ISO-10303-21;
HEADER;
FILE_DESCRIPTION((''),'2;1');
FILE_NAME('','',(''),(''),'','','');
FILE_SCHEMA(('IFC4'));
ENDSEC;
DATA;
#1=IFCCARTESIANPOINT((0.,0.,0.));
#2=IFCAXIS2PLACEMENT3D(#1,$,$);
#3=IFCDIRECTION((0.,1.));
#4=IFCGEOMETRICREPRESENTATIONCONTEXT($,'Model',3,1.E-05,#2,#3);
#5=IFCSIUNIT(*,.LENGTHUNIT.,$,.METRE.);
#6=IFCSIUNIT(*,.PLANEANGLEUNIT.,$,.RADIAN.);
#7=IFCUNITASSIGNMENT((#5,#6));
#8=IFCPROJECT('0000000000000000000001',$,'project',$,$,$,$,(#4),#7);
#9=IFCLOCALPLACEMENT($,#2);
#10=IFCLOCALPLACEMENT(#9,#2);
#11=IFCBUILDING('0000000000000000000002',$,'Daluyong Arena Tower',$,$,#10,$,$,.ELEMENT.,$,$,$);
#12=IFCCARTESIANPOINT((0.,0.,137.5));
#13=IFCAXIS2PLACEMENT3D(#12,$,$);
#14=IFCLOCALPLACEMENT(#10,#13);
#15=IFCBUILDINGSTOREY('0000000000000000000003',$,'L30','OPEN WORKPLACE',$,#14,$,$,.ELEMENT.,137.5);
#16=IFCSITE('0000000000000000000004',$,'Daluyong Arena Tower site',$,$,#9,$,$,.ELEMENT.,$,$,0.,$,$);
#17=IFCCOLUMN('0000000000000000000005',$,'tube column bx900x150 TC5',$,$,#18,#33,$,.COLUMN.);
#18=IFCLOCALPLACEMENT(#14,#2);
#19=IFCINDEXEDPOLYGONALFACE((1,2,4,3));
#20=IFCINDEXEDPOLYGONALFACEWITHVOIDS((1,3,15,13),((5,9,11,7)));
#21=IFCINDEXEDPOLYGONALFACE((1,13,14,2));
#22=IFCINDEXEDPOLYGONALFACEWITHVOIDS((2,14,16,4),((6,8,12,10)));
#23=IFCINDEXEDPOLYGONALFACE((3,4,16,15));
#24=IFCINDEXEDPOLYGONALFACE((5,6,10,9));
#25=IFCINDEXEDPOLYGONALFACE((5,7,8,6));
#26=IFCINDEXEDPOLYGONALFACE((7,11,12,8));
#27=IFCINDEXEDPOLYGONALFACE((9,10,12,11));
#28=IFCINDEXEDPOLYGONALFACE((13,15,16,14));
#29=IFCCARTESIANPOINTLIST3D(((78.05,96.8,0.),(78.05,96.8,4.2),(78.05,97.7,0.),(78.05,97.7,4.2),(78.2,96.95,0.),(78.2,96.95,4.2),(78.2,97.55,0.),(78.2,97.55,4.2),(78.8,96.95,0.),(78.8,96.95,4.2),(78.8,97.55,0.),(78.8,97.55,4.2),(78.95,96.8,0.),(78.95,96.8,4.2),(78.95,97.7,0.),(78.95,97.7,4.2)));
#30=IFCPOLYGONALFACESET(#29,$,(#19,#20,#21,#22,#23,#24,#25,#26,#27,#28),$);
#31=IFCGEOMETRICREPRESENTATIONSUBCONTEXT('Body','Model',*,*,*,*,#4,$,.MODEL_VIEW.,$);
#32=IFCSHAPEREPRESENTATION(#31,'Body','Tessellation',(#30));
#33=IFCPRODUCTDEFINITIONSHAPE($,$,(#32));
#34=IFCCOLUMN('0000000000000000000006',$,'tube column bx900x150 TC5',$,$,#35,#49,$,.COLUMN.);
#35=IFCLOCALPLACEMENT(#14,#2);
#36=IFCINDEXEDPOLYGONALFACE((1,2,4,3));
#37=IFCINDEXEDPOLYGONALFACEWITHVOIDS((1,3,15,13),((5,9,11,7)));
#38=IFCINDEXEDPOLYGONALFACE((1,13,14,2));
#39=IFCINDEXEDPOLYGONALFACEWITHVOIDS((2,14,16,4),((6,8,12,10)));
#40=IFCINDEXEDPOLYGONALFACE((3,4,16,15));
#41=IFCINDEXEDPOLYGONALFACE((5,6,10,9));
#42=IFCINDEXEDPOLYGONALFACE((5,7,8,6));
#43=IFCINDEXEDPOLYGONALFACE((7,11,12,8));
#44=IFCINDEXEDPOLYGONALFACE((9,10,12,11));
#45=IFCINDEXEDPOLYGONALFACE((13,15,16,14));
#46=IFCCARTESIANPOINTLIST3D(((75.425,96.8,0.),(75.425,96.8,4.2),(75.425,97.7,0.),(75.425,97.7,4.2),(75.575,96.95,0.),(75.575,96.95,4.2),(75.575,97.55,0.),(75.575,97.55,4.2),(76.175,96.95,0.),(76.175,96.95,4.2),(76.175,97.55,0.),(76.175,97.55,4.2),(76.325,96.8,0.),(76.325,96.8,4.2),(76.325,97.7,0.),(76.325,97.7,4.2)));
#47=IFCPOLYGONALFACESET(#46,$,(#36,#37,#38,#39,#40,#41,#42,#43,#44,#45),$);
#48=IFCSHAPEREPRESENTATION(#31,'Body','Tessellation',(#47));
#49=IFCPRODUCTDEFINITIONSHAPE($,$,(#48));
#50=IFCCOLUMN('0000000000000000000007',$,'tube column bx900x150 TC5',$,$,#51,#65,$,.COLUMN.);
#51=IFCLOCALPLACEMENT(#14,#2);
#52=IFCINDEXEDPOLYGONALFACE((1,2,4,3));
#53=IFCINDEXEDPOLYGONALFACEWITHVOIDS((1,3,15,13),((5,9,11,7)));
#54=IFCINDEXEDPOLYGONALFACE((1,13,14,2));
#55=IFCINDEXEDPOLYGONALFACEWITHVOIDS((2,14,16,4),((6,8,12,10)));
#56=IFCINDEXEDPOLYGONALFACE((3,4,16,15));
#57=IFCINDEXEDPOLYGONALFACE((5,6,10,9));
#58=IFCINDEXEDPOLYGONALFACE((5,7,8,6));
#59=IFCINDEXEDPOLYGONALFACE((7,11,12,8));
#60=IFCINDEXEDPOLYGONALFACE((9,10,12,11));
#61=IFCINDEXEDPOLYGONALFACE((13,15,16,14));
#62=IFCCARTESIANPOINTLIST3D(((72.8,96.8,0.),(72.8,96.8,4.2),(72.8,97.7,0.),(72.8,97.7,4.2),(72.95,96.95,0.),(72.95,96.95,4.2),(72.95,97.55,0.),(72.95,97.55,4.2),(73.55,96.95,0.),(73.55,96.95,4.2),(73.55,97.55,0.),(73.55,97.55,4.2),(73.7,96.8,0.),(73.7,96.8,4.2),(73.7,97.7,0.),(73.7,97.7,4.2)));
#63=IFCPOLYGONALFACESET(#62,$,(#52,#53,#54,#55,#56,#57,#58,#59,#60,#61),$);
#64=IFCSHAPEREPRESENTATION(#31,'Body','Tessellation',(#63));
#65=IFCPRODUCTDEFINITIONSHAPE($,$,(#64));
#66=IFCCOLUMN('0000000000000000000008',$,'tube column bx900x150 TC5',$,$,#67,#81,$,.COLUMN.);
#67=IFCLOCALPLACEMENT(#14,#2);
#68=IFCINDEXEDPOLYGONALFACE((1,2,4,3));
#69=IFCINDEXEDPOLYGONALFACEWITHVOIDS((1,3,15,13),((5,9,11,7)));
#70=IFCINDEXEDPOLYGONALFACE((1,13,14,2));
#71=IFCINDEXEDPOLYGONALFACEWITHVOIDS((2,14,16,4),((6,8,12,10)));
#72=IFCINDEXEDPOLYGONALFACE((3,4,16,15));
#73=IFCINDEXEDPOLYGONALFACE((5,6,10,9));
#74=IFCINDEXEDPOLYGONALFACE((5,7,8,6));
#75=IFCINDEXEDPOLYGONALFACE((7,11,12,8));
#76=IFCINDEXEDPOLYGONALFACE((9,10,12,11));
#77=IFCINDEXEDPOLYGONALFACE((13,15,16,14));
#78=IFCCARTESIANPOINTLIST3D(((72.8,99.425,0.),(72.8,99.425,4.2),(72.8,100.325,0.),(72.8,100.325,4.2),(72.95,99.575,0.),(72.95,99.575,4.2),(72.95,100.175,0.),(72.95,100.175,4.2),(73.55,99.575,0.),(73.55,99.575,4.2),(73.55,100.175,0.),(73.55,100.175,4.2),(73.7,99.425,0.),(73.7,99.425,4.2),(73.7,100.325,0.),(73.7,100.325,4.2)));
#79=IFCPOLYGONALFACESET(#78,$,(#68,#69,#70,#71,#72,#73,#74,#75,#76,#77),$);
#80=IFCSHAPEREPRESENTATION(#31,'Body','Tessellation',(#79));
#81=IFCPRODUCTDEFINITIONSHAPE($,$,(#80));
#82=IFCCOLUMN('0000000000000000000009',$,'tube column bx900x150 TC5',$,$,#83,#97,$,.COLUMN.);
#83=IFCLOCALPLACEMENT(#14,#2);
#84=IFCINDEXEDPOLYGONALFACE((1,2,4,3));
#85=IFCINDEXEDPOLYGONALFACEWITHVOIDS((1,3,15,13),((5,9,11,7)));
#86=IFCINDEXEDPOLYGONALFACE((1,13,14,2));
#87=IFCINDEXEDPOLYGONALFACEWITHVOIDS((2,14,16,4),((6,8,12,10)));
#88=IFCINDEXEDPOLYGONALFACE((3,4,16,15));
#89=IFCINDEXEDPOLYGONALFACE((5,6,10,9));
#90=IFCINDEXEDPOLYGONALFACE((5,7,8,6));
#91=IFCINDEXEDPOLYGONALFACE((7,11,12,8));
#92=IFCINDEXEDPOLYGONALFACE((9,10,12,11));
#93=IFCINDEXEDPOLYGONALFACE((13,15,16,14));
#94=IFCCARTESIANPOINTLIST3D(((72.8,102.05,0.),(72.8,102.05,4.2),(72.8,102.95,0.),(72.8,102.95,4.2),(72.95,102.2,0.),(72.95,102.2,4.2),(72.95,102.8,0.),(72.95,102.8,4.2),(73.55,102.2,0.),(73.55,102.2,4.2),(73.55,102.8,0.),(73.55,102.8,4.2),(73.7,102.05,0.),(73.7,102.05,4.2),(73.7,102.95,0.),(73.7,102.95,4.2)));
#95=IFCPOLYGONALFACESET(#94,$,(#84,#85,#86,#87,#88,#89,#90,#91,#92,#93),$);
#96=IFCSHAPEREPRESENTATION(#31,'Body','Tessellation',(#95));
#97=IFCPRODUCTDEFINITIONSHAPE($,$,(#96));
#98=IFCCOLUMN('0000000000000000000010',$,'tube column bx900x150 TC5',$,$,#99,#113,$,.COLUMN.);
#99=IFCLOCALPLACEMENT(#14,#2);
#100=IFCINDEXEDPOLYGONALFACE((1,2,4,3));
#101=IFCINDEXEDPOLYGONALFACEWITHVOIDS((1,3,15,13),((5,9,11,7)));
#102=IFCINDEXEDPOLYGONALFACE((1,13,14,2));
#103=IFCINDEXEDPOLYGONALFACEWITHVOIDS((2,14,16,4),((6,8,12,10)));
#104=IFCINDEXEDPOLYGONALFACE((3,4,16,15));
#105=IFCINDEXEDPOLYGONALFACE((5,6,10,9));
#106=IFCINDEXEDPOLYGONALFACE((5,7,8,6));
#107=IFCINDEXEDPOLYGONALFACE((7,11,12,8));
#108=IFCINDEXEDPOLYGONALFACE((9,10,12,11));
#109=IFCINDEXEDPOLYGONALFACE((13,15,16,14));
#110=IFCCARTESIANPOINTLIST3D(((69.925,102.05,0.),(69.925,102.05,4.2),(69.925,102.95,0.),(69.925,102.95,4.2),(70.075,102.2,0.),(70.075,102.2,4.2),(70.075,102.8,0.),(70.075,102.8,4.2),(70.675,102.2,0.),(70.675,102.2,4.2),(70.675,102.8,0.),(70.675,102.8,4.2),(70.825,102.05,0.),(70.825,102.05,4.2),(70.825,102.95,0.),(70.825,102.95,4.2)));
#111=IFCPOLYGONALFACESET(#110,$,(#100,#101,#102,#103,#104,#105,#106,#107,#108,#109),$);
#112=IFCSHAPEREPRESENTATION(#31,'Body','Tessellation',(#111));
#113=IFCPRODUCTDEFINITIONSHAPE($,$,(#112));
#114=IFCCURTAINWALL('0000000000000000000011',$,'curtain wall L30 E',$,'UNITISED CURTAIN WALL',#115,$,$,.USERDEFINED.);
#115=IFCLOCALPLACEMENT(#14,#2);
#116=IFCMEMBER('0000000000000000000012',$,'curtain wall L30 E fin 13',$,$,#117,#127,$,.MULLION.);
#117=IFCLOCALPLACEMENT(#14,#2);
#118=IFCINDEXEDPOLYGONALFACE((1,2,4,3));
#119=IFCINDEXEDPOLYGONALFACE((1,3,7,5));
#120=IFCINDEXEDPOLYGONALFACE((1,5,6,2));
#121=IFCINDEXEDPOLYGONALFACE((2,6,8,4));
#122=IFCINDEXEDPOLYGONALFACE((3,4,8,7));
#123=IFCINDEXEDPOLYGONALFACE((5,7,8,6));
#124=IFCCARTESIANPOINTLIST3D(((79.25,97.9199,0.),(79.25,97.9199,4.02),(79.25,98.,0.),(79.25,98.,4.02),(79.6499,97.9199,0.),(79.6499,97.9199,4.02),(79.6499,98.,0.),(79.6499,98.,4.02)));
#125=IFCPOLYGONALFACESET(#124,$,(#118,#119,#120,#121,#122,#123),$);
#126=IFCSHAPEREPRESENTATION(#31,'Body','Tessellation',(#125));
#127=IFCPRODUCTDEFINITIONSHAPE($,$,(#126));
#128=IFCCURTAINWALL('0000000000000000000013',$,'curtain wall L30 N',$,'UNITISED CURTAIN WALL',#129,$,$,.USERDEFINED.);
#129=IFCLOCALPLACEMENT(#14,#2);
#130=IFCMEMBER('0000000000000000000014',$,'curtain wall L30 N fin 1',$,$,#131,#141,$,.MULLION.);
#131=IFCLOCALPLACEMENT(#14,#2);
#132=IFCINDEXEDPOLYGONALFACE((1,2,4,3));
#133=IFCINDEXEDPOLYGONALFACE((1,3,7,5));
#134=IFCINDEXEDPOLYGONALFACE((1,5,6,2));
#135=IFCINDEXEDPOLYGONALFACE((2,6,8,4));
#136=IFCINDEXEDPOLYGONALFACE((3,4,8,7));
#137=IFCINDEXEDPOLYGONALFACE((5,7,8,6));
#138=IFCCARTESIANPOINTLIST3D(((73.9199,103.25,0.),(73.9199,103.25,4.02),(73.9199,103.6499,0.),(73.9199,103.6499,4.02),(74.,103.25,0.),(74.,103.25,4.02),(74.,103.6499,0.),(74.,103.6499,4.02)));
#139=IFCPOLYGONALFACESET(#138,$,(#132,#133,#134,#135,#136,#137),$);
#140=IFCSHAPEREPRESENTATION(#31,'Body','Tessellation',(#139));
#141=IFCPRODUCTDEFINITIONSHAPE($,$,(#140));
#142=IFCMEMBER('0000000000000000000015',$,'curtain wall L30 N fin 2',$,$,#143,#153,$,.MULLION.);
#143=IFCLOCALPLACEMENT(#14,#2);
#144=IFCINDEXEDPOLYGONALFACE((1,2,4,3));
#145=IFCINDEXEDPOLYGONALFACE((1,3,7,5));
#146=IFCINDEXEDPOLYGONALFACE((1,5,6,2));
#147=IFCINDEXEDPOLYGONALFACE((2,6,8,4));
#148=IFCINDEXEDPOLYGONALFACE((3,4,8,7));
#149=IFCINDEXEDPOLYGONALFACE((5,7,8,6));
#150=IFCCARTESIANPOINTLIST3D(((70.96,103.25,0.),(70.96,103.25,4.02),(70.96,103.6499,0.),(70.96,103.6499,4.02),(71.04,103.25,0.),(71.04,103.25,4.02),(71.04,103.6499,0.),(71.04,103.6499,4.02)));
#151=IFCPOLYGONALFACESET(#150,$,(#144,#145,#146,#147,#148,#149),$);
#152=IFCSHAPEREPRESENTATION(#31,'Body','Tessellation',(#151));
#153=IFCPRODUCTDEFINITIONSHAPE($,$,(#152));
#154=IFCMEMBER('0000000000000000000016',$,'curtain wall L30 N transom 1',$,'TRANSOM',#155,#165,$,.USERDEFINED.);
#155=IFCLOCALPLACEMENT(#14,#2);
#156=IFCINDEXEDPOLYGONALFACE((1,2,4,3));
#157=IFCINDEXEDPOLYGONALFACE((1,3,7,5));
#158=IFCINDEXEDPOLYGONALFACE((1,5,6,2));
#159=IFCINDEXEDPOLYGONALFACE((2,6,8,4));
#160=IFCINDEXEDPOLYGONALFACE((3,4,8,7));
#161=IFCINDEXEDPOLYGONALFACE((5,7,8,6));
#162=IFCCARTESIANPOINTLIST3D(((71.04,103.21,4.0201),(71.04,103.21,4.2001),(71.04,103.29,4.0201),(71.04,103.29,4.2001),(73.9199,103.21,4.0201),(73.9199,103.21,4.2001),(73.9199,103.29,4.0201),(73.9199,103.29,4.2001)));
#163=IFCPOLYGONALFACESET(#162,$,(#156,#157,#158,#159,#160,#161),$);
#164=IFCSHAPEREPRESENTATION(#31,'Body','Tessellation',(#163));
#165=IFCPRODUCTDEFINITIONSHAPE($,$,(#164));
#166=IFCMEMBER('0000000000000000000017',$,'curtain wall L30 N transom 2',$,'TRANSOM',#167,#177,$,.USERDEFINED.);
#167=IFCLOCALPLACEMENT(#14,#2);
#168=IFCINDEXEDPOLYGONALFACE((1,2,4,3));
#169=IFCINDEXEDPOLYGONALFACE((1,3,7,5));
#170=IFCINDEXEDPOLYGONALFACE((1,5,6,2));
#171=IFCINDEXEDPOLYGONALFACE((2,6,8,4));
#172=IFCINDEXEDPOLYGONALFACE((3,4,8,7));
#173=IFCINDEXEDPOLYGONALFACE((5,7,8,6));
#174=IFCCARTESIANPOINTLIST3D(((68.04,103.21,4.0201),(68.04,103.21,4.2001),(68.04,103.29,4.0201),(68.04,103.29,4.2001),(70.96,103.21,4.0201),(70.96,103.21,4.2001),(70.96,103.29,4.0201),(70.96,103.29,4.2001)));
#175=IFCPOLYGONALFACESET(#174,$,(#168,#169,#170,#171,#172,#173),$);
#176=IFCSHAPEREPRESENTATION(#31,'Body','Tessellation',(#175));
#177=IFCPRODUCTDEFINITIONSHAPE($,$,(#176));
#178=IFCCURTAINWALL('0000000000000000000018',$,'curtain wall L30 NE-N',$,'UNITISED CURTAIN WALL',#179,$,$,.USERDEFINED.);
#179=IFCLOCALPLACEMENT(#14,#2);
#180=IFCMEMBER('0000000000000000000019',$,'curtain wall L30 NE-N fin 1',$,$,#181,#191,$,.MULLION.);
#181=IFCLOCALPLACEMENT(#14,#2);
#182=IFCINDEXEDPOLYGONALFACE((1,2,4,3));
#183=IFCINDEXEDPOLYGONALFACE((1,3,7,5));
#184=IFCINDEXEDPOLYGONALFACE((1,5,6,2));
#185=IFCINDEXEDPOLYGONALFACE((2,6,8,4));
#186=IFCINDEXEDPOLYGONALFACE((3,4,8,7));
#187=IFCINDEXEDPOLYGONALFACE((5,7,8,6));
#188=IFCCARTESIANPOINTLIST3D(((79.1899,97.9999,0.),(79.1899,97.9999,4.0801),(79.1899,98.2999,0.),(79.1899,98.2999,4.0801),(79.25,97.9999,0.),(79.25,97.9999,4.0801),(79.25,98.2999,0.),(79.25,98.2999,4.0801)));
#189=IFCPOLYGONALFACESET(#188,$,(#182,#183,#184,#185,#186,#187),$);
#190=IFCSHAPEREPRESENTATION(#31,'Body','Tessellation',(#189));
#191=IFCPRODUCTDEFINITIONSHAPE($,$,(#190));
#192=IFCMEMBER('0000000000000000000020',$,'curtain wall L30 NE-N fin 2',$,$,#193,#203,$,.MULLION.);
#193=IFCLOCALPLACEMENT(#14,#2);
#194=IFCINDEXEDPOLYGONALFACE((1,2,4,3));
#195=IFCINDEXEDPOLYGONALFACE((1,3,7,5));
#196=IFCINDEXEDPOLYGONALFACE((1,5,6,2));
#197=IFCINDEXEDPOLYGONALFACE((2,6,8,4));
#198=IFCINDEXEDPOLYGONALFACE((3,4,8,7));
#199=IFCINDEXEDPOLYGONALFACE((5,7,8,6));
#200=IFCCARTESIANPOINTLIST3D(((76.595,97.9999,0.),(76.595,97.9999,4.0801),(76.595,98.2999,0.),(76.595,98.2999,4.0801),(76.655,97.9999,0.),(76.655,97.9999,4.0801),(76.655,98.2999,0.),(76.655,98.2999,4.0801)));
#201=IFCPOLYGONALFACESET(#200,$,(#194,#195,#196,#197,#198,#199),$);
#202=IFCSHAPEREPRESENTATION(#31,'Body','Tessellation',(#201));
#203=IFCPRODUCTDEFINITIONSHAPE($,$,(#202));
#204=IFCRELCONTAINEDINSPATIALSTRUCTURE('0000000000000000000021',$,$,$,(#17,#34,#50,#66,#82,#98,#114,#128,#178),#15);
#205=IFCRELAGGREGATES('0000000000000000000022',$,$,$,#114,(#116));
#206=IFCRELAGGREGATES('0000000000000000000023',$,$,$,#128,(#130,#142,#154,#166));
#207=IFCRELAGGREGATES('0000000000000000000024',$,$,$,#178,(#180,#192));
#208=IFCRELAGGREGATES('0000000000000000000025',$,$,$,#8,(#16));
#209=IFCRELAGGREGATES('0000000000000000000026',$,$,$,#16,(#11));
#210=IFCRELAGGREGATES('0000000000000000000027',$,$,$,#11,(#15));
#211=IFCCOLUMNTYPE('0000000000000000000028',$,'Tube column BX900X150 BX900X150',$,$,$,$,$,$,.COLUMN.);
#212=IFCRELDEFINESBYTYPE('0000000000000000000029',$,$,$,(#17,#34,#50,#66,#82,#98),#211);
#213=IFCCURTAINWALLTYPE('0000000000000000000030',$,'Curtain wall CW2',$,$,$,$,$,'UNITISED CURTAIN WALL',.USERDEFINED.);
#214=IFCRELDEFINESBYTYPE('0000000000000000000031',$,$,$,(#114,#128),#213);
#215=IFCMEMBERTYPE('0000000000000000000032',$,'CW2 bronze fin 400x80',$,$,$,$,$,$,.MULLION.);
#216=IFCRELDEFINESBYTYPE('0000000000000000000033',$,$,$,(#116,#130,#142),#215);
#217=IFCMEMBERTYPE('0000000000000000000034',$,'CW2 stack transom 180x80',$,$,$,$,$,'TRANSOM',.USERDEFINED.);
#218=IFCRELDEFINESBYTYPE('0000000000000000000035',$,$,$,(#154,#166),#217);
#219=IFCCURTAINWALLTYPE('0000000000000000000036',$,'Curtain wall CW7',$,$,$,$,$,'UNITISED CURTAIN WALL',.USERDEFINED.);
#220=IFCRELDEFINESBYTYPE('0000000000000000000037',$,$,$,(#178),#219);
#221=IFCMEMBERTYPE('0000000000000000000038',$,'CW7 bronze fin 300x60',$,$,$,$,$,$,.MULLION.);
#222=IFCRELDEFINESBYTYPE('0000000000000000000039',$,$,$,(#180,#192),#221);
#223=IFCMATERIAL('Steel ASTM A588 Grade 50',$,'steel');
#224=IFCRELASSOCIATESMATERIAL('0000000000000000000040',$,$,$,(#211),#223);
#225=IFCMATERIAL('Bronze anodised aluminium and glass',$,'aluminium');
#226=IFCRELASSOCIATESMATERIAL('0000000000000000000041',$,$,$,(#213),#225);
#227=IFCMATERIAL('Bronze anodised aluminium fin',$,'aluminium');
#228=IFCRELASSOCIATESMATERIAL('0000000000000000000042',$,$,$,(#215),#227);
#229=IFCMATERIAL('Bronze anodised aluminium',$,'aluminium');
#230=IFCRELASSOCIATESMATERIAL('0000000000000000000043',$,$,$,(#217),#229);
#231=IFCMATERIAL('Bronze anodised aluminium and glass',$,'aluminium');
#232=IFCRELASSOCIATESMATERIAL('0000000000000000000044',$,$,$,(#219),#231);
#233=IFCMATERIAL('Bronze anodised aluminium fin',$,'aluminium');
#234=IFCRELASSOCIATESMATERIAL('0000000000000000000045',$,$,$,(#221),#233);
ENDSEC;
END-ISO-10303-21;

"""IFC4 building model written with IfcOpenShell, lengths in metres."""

from ifc_helpers import new_model, si_unit, direction, frame, origin, origin_2d, place, context, subcontext, project, spatial, rectangle, hollow_rectangle, extrude, material, material_profile, profile_set, type_object, element, aggregate, save


model = new_model("IFC4")

# Units and contexts
model_context = context("Model", 3, precision=1e-05, world=origin(), true_north=direction((0.0, 1.0)))
body_context = subcontext(model_context, "Body", "Model", "MODEL_VIEW")
ifc_project = project(units=[si_unit("LENGTHUNIT", "METRE"), si_unit("PLANEANGLEUNIT", "RADIAN")], contexts=[model_context])

# Site, building, storey
site_placement = place(None, origin())
site = spatial("IfcSite", under=ifc_project, at=site_placement, Name="Daluyong Arena Tower site", CompositionType="ELEMENT", RefElevation=0.0)
building_placement = place(site_placement, origin())
building = spatial("IfcBuilding", under=site, at=building_placement, Name="Daluyong Arena Tower", CompositionType="ELEMENT")
storey_placement = place(building_placement, frame((0.0, 0.0, 137.5)))
storey = spatial("IfcBuildingStorey", under=building, at=storey_placement, Name="L30", Description="OPEN WORKPLACE", CompositionType="ELEMENT", Elevation=137.5)

# Columns
ifc_material_1 = material(Name="Steel ASTM A588 Grade 50", Category="steel")
ifc_material_profile_1 = material_profile(ifc_material_1, hollow_rectangle(XDim=0.8999, YDim=0.8999, WallThickness=0.15, at=origin_2d()))
ifc_profile_set_1 = profile_set([ifc_material_profile_1], Name="Steel ASTM A588 Grade 50")
column_type = type_object("IfcColumnType", Name="Tube column BX900X150 BX900X150", PredefinedType="COLUMN", material=ifc_profile_set_1)
for number, where, z_axis, x_axis, name in (
    (1, (78.5, 97.25, 0.0), (0.0, 0.0, 1.0), (1.0, 0.0, 0.0), "tube column bx900x150 TC5"),
    (2, (75.875, 97.25, 0.0), (0.0, 0.0, 1.0), (1.0, 0.0, 0.0), "tube column bx900x150 TC5"),
    (3, (73.25, 97.25, 0.0), (0.0, 0.0, 1.0), (0.0, 1.0, 0.0), "tube column bx900x150 TC5"),
    (4, (73.25, 99.875, 0.0), (0.0, 0.0, 1.0), (0.0, 1.0, 0.0), "tube column bx900x150 TC5"),
    (5, (73.25, 102.5, 0.0), (0.0, 0.0, 1.0), (1.0, 0.0, 0.0), "tube column bx900x150 TC5"),
    (6, (70.375, 102.5, 0.0), (0.0, 0.0, 1.0), (1.0, 0.0, 0.0), "tube column bx900x150 TC5"),
):
    element("IfcColumn", number, at=place(storey_placement, frame(where, z_axis=z_axis, x_axis=x_axis)), inside=storey, type_object=column_type, Name=name, PredefinedType="COLUMN", context=body_context, shape_type="SweptSolid", body=[
        extrude(hollow_rectangle(XDim=0.8999, YDim=0.8999, WallThickness=0.15, at=origin_2d()), origin(), (0.0, 0.0, 1.0), 4.2),
    ])

# Curtain wall, member
ifc_material_2 = material(Name="Bronze anodised aluminium and glass", Category="aluminium")
curtain_wall_type_1 = type_object("IfcCurtainWallType", Name="Curtain wall CW2", ElementType="UNITISED CURTAIN WALL", PredefinedType="USERDEFINED", material=ifc_material_2)
curtain_wall_1_placement = place(storey_placement, origin())
curtain_wall_1 = element("IfcCurtainWall", 7, at=curtain_wall_1_placement, inside=storey, type_object=curtain_wall_type_1, Name="curtain wall L30 E", ObjectType="UNITISED CURTAIN WALL", PredefinedType="USERDEFINED")
ifc_material_3 = material(Name="Bronze anodised aluminium fin", Category="aluminium")
ifc_material_profile_2 = material_profile(ifc_material_3, rectangle(XDim=0.3999, YDim=0.0801, at=origin_2d()))
ifc_profile_set_2 = profile_set([ifc_material_profile_2], Name="Bronze anodised aluminium fin")
member_type_1 = type_object("IfcMemberType", Name="CW2 bronze fin 400x80", PredefinedType="MULLION", material=ifc_profile_set_2)
member_1_placement = place(storey_placement, frame((79.45, 97.96, 0.0), z_axis=(0.0, 0.0, 1.0), x_axis=(-1.0, 0.0, 0.0)))
member_1 = element("IfcMember", 8, at=member_1_placement, type_object=member_type_1, Name="curtain wall L30 E fin 13", PredefinedType="MULLION", context=body_context, shape_type="SweptSolid", body=[
    extrude(rectangle(XDim=0.3999, YDim=0.0801, at=origin_2d()), origin(), (0.0, 0.0, 1.0), 4.02),
])
aggregate(curtain_wall_1, [member_1])

# Curtain walls, members
curtain_wall_2_placement = place(storey_placement, origin())
curtain_wall_2 = element("IfcCurtainWall", 9, at=curtain_wall_2_placement, inside=storey, type_object=curtain_wall_type_1, Name="curtain wall L30 N", ObjectType="UNITISED CURTAIN WALL", PredefinedType="USERDEFINED")
member_2_placement = place(storey_placement, frame((73.96, 103.45, 0.0), z_axis=(0.0, 0.0, 1.0), x_axis=(0.0, -1.0, 0.0)))
member_2 = element("IfcMember", 10, at=member_2_placement, type_object=member_type_1, Name="curtain wall L30 N fin 1", PredefinedType="MULLION", context=body_context, shape_type="SweptSolid", body=[
    extrude(rectangle(XDim=0.3999, YDim=0.0801, at=origin_2d()), origin(), (0.0, 0.0, 1.0), 4.02),
])
member_3_placement = place(storey_placement, frame((71.0, 103.45, 0.0), z_axis=(0.0, 0.0, 1.0), x_axis=(0.0, -1.0, 0.0)))
member_3 = element("IfcMember", 11, at=member_3_placement, type_object=member_type_1, Name="curtain wall L30 N fin 2", PredefinedType="MULLION", context=body_context, shape_type="SweptSolid", body=[
    extrude(rectangle(XDim=0.3999, YDim=0.0801, at=origin_2d()), origin(), (0.0, 0.0, 1.0), 4.02),
])
ifc_material_4 = material(Name="Bronze anodised aluminium", Category="aluminium")
ifc_material_profile_3 = material_profile(ifc_material_4, rectangle(XDim=0.0801, YDim=0.1799, at=origin_2d()))
ifc_profile_set_3 = profile_set([ifc_material_profile_3], Name="Bronze anodised aluminium")
member_type_2 = type_object("IfcMemberType", Name="CW2 stack transom 180x80", ElementType="TRANSOM", PredefinedType="USERDEFINED", material=ifc_profile_set_3)
member_4_placement = place(storey_placement, frame((73.9199, 103.25, 4.1101), z_axis=(-1.0, 0.0, 0.0), x_axis=(0.0, -1.0, 0.0)))
member_4 = element("IfcMember", 12, at=member_4_placement, type_object=member_type_2, Name="curtain wall L30 N transom 1", ObjectType="TRANSOM", PredefinedType="USERDEFINED", context=body_context, shape_type="SweptSolid", body=[
    extrude(rectangle(XDim=0.0801, YDim=0.1799, at=origin_2d()), origin(), (0.0, 0.0, 1.0), 2.8799),
])
member_5_placement = place(storey_placement, frame((70.96, 103.25, 4.1101), z_axis=(-1.0, 0.0, 0.0), x_axis=(0.0, -1.0, 0.0)))
member_5 = element("IfcMember", 13, at=member_5_placement, type_object=member_type_2, Name="curtain wall L30 N transom 2", ObjectType="TRANSOM", PredefinedType="USERDEFINED", context=body_context, shape_type="SweptSolid", body=[
    extrude(rectangle(XDim=0.0801, YDim=0.1799, at=origin_2d()), origin(), (0.0, 0.0, 1.0), 2.9199),
])
ifc_material_5 = material(Name="Bronze anodised aluminium and glass", Category="aluminium")
curtain_wall_type_2 = type_object("IfcCurtainWallType", Name="Curtain wall CW7", ElementType="UNITISED CURTAIN WALL", PredefinedType="USERDEFINED", material=ifc_material_5)
curtain_wall_3_placement = place(storey_placement, origin())
curtain_wall_3 = element("IfcCurtainWall", 14, at=curtain_wall_3_placement, inside=storey, type_object=curtain_wall_type_2, Name="curtain wall L30 NE-N", ObjectType="UNITISED CURTAIN WALL", PredefinedType="USERDEFINED")
ifc_material_6 = material(Name="Bronze anodised aluminium fin", Category="aluminium")
ifc_material_profile_4 = material_profile(ifc_material_6, rectangle(XDim=0.3, YDim=0.0601, at=origin_2d()))
ifc_profile_set_4 = profile_set([ifc_material_profile_4], Name="Bronze anodised aluminium fin")
member_type_3 = type_object("IfcMemberType", Name="CW7 bronze fin 300x60", PredefinedType="MULLION", material=ifc_profile_set_4)
member_6_placement = place(storey_placement, frame((79.22, 98.1499, 0.0), z_axis=(0.0, 0.0, 1.0), x_axis=(0.0, -1.0, 0.0)))
member_6 = element("IfcMember", 15, at=member_6_placement, type_object=member_type_3, Name="curtain wall L30 NE-N fin 1", PredefinedType="MULLION", context=body_context, shape_type="SweptSolid", body=[
    extrude(rectangle(XDim=0.3, YDim=0.0601, at=origin_2d()), origin(), (0.0, 0.0, 1.0), 4.0801),
])
member_7_placement = place(storey_placement, frame((76.625, 98.1499, 0.0), z_axis=(0.0, 0.0, 1.0), x_axis=(0.0, -1.0, 0.0)))
member_7 = element("IfcMember", 16, at=member_7_placement, type_object=member_type_3, Name="curtain wall L30 NE-N fin 2", PredefinedType="MULLION", context=body_context, shape_type="SweptSolid", body=[
    extrude(rectangle(XDim=0.3, YDim=0.0601, at=origin_2d()), origin(), (0.0, 0.0, 1.0), 4.0801),
])

aggregate(curtain_wall_2, [member_2, member_3, member_4, member_5])
aggregate(curtain_wall_3, [member_6, member_7])

save(model, "model.ifc")
